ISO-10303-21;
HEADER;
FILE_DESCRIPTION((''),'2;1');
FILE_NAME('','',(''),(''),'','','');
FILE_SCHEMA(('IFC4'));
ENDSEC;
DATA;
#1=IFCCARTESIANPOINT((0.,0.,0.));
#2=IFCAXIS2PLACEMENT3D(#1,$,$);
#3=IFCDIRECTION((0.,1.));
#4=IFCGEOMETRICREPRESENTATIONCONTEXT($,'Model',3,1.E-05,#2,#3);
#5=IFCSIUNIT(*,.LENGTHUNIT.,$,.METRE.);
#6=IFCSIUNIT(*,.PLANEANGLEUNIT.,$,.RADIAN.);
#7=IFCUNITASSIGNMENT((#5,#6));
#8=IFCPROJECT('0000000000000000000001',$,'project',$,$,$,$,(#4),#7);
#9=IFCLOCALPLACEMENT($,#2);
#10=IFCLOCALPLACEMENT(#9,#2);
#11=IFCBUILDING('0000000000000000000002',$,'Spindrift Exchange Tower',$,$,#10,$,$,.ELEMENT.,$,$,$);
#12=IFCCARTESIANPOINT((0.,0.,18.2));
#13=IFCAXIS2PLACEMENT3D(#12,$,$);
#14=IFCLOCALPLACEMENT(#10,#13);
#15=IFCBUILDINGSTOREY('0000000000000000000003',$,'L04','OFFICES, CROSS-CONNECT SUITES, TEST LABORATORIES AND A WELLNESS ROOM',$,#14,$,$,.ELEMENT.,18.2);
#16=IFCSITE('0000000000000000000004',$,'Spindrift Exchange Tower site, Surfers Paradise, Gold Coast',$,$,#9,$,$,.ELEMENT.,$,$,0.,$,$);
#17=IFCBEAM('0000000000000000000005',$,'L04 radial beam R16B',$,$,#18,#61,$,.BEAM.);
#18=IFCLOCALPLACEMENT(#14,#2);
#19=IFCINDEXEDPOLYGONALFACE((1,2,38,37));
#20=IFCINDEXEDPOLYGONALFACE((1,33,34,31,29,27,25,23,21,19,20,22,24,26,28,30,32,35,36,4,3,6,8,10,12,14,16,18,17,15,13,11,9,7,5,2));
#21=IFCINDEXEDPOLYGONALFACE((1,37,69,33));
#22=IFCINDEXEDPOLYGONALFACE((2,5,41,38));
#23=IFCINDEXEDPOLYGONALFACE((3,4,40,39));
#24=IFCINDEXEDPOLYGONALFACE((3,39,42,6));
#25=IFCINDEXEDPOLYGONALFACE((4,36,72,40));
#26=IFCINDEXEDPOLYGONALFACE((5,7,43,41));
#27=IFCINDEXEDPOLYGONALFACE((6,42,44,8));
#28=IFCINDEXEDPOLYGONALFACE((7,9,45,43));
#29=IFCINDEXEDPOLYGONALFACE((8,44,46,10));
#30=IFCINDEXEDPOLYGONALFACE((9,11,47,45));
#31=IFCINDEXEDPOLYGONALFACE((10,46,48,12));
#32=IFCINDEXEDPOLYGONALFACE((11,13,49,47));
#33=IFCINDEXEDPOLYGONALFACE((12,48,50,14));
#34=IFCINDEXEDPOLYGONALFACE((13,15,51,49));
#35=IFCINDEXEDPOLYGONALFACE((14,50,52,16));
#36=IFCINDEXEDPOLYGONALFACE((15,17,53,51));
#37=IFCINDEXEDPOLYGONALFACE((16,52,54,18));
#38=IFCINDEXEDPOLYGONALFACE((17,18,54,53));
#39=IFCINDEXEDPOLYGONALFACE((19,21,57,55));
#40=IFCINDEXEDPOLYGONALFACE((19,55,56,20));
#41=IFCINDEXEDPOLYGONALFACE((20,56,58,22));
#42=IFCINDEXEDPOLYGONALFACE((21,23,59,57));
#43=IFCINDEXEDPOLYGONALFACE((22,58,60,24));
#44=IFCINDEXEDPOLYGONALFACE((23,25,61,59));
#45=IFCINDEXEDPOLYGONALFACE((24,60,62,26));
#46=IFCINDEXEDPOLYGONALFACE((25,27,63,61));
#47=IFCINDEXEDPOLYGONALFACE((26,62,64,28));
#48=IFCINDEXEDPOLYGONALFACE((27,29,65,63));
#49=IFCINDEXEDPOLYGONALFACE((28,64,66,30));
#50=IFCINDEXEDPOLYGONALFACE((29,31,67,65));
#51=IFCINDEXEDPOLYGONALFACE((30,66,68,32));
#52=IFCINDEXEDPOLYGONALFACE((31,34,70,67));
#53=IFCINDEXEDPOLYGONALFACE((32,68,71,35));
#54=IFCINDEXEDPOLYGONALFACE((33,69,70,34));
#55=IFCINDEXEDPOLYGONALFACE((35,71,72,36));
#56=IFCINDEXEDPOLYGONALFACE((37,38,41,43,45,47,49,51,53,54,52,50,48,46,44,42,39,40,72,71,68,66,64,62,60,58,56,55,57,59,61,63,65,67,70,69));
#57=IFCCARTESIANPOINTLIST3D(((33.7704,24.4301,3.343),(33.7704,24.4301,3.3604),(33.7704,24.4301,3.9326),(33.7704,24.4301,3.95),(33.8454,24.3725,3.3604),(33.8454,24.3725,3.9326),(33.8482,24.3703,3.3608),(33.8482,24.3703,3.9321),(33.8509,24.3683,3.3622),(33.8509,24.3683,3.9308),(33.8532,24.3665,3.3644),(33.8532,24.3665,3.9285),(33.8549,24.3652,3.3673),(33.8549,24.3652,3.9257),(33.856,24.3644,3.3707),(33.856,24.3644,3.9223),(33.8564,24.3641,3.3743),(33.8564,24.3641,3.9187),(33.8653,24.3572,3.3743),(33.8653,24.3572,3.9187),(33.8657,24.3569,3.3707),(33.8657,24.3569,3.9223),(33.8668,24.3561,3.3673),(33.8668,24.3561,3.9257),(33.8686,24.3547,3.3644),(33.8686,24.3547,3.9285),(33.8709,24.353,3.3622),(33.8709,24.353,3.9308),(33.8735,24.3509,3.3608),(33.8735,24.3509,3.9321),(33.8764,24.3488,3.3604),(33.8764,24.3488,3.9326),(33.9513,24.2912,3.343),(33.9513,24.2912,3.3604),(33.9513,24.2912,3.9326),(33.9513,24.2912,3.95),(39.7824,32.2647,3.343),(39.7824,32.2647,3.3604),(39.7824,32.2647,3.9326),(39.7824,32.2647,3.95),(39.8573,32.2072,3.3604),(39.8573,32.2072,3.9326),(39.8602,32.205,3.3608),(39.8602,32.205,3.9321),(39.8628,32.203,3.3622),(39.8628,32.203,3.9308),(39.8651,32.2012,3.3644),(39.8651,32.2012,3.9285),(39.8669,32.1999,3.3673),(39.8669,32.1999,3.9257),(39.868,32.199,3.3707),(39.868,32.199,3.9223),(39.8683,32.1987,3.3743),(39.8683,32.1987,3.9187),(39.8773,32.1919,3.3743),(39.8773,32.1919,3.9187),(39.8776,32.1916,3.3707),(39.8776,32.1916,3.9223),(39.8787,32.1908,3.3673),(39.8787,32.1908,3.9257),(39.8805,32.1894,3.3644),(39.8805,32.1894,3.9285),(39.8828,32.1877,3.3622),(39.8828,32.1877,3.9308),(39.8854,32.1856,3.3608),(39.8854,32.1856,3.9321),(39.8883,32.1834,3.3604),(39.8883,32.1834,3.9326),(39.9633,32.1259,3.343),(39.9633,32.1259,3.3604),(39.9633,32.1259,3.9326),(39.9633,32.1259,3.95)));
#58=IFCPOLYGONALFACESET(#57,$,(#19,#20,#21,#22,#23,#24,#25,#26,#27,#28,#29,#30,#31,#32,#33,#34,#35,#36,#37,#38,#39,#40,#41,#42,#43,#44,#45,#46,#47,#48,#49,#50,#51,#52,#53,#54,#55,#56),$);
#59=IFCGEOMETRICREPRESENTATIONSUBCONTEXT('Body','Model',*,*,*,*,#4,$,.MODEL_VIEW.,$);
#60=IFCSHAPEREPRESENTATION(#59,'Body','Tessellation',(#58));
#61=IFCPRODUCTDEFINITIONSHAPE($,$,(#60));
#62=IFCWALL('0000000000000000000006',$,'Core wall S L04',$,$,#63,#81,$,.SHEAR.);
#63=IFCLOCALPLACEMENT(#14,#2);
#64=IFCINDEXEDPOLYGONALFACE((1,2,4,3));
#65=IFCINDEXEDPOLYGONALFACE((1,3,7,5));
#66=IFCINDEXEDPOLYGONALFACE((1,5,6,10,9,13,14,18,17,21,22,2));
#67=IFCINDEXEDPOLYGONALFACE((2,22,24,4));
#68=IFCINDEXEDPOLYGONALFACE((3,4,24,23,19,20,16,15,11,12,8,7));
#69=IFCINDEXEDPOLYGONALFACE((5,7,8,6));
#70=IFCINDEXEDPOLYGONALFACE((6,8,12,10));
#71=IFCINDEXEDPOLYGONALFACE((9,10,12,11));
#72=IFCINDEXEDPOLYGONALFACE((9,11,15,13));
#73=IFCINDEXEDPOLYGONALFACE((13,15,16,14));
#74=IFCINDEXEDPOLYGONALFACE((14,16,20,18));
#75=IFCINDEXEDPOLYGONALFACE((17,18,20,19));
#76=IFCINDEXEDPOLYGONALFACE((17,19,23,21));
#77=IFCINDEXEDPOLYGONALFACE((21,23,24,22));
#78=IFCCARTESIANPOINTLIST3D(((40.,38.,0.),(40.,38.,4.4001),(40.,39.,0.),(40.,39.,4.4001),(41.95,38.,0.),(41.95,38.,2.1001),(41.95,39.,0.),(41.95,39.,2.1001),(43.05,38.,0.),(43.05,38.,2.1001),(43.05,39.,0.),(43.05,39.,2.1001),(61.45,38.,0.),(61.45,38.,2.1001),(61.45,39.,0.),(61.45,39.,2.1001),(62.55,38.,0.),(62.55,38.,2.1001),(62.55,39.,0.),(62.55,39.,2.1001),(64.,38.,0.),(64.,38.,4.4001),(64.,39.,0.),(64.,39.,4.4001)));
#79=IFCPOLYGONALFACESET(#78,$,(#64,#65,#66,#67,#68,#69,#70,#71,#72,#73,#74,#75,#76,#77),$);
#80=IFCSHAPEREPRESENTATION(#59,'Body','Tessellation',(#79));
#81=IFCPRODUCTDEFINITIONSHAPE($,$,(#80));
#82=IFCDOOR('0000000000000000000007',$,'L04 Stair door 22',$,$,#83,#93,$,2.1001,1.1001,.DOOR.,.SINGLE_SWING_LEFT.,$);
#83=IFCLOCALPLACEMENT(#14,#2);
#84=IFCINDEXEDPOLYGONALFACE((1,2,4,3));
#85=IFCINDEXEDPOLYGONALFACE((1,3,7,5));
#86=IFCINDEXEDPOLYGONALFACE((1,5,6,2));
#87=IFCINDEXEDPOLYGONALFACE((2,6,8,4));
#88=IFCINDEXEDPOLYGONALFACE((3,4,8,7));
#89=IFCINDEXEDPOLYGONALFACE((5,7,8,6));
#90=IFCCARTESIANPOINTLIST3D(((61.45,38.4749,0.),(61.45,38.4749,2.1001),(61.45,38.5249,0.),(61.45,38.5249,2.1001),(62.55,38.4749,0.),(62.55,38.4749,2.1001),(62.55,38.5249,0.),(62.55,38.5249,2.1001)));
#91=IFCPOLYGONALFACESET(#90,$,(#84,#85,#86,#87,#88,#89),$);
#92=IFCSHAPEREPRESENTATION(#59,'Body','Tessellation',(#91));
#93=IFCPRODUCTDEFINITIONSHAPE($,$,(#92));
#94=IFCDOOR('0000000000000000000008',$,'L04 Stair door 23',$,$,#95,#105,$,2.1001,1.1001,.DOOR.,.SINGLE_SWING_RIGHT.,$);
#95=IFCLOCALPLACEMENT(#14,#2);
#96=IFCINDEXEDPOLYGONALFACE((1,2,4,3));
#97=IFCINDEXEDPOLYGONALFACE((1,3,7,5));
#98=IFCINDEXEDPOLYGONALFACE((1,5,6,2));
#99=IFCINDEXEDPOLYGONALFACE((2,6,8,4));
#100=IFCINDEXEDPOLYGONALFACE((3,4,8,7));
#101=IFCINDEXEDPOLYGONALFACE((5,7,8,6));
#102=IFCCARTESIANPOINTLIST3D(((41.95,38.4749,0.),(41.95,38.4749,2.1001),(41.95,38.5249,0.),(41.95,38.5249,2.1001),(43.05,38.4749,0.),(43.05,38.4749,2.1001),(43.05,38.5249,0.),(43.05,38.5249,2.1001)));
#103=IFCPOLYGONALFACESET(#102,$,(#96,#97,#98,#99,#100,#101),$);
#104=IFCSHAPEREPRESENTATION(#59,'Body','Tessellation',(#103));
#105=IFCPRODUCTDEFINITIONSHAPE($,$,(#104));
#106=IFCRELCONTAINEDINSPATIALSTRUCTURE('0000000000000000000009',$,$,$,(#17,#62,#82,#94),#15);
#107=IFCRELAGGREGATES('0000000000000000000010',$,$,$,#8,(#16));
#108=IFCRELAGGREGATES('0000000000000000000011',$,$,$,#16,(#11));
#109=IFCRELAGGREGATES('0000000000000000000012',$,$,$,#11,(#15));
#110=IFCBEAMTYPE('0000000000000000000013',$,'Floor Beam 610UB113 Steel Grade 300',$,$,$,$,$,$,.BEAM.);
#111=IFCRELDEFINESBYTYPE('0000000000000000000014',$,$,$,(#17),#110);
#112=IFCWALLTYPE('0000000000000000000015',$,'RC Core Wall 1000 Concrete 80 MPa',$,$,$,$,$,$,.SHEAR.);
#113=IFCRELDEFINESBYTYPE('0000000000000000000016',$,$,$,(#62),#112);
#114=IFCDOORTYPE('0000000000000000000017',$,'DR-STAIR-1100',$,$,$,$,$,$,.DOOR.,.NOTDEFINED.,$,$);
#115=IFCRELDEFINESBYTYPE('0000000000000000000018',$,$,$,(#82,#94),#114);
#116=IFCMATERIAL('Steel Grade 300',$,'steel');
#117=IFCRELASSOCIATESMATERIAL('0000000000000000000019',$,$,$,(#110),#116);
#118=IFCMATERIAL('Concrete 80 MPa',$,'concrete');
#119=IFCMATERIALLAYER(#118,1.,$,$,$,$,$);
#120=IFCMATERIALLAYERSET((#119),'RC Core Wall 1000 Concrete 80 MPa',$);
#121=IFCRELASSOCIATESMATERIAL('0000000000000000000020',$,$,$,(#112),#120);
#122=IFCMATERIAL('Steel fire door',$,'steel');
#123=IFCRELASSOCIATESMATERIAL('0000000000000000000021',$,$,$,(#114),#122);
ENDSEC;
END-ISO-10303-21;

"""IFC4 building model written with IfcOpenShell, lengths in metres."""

from ifc_helpers import new_model, si_unit, direction, frame, frame_2d, origin, origin_2d, place, context, subcontext, project, spatial, rectangle, i_section, extrude, source, transform, mapped, material, layer, layer_set, material_profile, profile_set, type_object, element, fill, save


model = new_model("IFC4")

# Units and contexts
model_context = context("Model", 3, precision=1e-05, world=origin(), true_north=direction((0.0, 1.0)))
body_context = subcontext(model_context, "Body", "Model", "MODEL_VIEW")
ifc_project = project(units=[si_unit("LENGTHUNIT", "METRE"), si_unit("PLANEANGLEUNIT", "RADIAN")], contexts=[model_context])

# Site, building, storey
site_placement = place(None, origin())
site = spatial("IfcSite", under=ifc_project, at=site_placement, Name="Spindrift Exchange Tower site, Surfers Paradise, Gold Coast", CompositionType="ELEMENT", RefElevation=0.0)
building_placement = place(site_placement, origin())
building = spatial("IfcBuilding", under=site, at=building_placement, Name="Spindrift Exchange Tower", CompositionType="ELEMENT")
storey_placement = place(building_placement, frame((0.0, 0.0, 18.2)))
storey = spatial("IfcBuildingStorey", under=building, at=storey_placement, Name="L04", Description="OFFICES, CROSS-CONNECT SUITES, TEST LABORATORIES AND A WELLNESS ROOM", CompositionType="ELEMENT", Elevation=18.2)

# Shared definitions
ifc_material_1 = material(Name="Concrete 80 MPa", Category="concrete")

# Beam
ifc_material_2 = material(Name="Steel Grade 300", Category="steel")
ifc_material_profile_1 = material_profile(ifc_material_2, i_section(OverallWidth=0.228, OverallDepth=0.6069, WebThickness=0.0112, FlangeThickness=0.0173, FilletRadius=0.0139, at=origin_2d()), Name="610UB113")
ifc_profile_set_1 = profile_set([ifc_material_profile_1], Name="Steel Grade 300")
beam_type_1 = type_object("IfcBeamType", Name="Floor Beam 610UB113 Steel Grade 300", PredefinedType="BEAM", material=ifc_profile_set_1)
shared_shape_1 = source(origin(), body_context, "Body", "SweptSolid", [
    extrude(i_section(OverallWidth=0.228, OverallDepth=0.6069, WebThickness=0.0112, FlangeThickness=0.0173, FilletRadius=0.0139, at=origin_2d()), origin(), (0.0, 0.0, 1.0), 9.8755),
])
beam_1_placement = place(storey_placement, frame((39.8728, 32.1953, 3.6465), z_axis=(-0.608772, -0.793345, 0.0), x_axis=(0.793345, -0.608772, 0.0)))
element("IfcBeam", 1, at=beam_1_placement, inside=storey, type_object=beam_type_1, Name="L04 radial beam R16B", PredefinedType="BEAM", context=body_context, shape_type="MappedRepresentation", body=[
    mapped(shared_shape_1, transform((0.0, 0.0, 0.0), scale=1.0)),
])

# Wall, openings, doors
ifc_layer_1 = layer(ifc_material_1, 1.0)
ifc_layer_set_1 = layer_set([ifc_layer_1], Name="RC Core Wall 1000 Concrete 80 MPa")
wall_type_1 = type_object("IfcWallType", Name="RC Core Wall 1000 Concrete 80 MPa", PredefinedType="SHEAR", material=ifc_layer_set_1)
wall_1_placement = place(storey_placement, frame((40.0, 38.5, 0.0), z_axis=(0.0, 0.0, 1.0), x_axis=(1.0, 0.0, 0.0)))
wall_1 = element("IfcWall", 2, at=wall_1_placement, inside=storey, type_object=wall_type_1, Name="Core wall S L04", PredefinedType="SHEAR", context=body_context, shape_type="SweptSolid", body=[
    extrude(rectangle(XDim=24.0, YDim=1.0, at=frame_2d((12.0, 0.0))), origin(), (0.0, 0.0, 1.0), 4.4001),
])
opening_1_placement = place(wall_1_placement, frame((21.45, 0.0, 0.0)))
opening_1 = element("IfcOpeningElement", 3, at=opening_1_placement, cuts=wall_1, PredefinedType="OPENING", context=body_context, shape_type="SweptSolid", body=[
    extrude(rectangle(XDim=1.1001, YDim=2.1001, at=frame_2d((0.55, 1.05))), frame((0.0, 0.51, 0.0), z_axis=(0.0, -1.0, 0.0), x_axis=(1.0, 0.0, 0.0)), (0.0, 0.0, 1.0), 1.02),
])
opening_2_placement = place(wall_1_placement, frame((1.95, 0.0, 0.0)))
opening_2 = element("IfcOpeningElement", 4, at=opening_2_placement, cuts=wall_1, PredefinedType="OPENING", context=body_context, shape_type="SweptSolid", body=[
    extrude(rectangle(XDim=1.1001, YDim=2.1001, at=frame_2d((0.55, 1.05))), frame((0.0, 0.51, 0.0), z_axis=(0.0, -1.0, 0.0), x_axis=(1.0, 0.0, 0.0)), (0.0, 0.0, 1.0), 1.02),
])
ifc_material_3 = material(Name="Steel fire door", Category="steel")
door_type_1 = type_object("IfcDoorType", Name="DR-STAIR-1100", OperationType="NOTDEFINED", PredefinedType="DOOR", material=ifc_material_3)
shared_shape_2 = source(origin(), body_context, "Body", "SweptSolid", [
    extrude(rectangle(XDim=1.1001, YDim=2.1001, at=frame_2d((0.55, 1.05))), frame((0.0, 0.0249, 0.0), z_axis=(0.0, -1.0, 0.0), x_axis=(1.0, 0.0, 0.0)), (0.0, 0.0, 1.0), 0.05),
])
door_1_placement = place(opening_1_placement, origin())
door_1 = element("IfcDoor", 5, at=door_1_placement, inside=storey, type_object=door_type_1, Name="L04 Stair door 22", OperationType="SINGLE_SWING_LEFT", OverallHeight=2.1001, OverallWidth=1.1001, PredefinedType="DOOR", context=body_context, shape_type="MappedRepresentation", body=[
    mapped(shared_shape_2, transform((0.0, 0.0, 0.0), scale=1.0)),
])
fill(opening_1, door_1)
door_2_placement = place(opening_2_placement, origin())
door_2 = element("IfcDoor", 6, at=door_2_placement, inside=storey, type_object=door_type_1, Name="L04 Stair door 23", OperationType="SINGLE_SWING_RIGHT", OverallHeight=2.1001, OverallWidth=1.1001, PredefinedType="DOOR", context=body_context, shape_type="MappedRepresentation", body=[
    mapped(shared_shape_2, transform((0.0, 0.0, 0.0), scale=1.0)),
])
fill(opening_2, door_2)

save(model, "model.ifc")
